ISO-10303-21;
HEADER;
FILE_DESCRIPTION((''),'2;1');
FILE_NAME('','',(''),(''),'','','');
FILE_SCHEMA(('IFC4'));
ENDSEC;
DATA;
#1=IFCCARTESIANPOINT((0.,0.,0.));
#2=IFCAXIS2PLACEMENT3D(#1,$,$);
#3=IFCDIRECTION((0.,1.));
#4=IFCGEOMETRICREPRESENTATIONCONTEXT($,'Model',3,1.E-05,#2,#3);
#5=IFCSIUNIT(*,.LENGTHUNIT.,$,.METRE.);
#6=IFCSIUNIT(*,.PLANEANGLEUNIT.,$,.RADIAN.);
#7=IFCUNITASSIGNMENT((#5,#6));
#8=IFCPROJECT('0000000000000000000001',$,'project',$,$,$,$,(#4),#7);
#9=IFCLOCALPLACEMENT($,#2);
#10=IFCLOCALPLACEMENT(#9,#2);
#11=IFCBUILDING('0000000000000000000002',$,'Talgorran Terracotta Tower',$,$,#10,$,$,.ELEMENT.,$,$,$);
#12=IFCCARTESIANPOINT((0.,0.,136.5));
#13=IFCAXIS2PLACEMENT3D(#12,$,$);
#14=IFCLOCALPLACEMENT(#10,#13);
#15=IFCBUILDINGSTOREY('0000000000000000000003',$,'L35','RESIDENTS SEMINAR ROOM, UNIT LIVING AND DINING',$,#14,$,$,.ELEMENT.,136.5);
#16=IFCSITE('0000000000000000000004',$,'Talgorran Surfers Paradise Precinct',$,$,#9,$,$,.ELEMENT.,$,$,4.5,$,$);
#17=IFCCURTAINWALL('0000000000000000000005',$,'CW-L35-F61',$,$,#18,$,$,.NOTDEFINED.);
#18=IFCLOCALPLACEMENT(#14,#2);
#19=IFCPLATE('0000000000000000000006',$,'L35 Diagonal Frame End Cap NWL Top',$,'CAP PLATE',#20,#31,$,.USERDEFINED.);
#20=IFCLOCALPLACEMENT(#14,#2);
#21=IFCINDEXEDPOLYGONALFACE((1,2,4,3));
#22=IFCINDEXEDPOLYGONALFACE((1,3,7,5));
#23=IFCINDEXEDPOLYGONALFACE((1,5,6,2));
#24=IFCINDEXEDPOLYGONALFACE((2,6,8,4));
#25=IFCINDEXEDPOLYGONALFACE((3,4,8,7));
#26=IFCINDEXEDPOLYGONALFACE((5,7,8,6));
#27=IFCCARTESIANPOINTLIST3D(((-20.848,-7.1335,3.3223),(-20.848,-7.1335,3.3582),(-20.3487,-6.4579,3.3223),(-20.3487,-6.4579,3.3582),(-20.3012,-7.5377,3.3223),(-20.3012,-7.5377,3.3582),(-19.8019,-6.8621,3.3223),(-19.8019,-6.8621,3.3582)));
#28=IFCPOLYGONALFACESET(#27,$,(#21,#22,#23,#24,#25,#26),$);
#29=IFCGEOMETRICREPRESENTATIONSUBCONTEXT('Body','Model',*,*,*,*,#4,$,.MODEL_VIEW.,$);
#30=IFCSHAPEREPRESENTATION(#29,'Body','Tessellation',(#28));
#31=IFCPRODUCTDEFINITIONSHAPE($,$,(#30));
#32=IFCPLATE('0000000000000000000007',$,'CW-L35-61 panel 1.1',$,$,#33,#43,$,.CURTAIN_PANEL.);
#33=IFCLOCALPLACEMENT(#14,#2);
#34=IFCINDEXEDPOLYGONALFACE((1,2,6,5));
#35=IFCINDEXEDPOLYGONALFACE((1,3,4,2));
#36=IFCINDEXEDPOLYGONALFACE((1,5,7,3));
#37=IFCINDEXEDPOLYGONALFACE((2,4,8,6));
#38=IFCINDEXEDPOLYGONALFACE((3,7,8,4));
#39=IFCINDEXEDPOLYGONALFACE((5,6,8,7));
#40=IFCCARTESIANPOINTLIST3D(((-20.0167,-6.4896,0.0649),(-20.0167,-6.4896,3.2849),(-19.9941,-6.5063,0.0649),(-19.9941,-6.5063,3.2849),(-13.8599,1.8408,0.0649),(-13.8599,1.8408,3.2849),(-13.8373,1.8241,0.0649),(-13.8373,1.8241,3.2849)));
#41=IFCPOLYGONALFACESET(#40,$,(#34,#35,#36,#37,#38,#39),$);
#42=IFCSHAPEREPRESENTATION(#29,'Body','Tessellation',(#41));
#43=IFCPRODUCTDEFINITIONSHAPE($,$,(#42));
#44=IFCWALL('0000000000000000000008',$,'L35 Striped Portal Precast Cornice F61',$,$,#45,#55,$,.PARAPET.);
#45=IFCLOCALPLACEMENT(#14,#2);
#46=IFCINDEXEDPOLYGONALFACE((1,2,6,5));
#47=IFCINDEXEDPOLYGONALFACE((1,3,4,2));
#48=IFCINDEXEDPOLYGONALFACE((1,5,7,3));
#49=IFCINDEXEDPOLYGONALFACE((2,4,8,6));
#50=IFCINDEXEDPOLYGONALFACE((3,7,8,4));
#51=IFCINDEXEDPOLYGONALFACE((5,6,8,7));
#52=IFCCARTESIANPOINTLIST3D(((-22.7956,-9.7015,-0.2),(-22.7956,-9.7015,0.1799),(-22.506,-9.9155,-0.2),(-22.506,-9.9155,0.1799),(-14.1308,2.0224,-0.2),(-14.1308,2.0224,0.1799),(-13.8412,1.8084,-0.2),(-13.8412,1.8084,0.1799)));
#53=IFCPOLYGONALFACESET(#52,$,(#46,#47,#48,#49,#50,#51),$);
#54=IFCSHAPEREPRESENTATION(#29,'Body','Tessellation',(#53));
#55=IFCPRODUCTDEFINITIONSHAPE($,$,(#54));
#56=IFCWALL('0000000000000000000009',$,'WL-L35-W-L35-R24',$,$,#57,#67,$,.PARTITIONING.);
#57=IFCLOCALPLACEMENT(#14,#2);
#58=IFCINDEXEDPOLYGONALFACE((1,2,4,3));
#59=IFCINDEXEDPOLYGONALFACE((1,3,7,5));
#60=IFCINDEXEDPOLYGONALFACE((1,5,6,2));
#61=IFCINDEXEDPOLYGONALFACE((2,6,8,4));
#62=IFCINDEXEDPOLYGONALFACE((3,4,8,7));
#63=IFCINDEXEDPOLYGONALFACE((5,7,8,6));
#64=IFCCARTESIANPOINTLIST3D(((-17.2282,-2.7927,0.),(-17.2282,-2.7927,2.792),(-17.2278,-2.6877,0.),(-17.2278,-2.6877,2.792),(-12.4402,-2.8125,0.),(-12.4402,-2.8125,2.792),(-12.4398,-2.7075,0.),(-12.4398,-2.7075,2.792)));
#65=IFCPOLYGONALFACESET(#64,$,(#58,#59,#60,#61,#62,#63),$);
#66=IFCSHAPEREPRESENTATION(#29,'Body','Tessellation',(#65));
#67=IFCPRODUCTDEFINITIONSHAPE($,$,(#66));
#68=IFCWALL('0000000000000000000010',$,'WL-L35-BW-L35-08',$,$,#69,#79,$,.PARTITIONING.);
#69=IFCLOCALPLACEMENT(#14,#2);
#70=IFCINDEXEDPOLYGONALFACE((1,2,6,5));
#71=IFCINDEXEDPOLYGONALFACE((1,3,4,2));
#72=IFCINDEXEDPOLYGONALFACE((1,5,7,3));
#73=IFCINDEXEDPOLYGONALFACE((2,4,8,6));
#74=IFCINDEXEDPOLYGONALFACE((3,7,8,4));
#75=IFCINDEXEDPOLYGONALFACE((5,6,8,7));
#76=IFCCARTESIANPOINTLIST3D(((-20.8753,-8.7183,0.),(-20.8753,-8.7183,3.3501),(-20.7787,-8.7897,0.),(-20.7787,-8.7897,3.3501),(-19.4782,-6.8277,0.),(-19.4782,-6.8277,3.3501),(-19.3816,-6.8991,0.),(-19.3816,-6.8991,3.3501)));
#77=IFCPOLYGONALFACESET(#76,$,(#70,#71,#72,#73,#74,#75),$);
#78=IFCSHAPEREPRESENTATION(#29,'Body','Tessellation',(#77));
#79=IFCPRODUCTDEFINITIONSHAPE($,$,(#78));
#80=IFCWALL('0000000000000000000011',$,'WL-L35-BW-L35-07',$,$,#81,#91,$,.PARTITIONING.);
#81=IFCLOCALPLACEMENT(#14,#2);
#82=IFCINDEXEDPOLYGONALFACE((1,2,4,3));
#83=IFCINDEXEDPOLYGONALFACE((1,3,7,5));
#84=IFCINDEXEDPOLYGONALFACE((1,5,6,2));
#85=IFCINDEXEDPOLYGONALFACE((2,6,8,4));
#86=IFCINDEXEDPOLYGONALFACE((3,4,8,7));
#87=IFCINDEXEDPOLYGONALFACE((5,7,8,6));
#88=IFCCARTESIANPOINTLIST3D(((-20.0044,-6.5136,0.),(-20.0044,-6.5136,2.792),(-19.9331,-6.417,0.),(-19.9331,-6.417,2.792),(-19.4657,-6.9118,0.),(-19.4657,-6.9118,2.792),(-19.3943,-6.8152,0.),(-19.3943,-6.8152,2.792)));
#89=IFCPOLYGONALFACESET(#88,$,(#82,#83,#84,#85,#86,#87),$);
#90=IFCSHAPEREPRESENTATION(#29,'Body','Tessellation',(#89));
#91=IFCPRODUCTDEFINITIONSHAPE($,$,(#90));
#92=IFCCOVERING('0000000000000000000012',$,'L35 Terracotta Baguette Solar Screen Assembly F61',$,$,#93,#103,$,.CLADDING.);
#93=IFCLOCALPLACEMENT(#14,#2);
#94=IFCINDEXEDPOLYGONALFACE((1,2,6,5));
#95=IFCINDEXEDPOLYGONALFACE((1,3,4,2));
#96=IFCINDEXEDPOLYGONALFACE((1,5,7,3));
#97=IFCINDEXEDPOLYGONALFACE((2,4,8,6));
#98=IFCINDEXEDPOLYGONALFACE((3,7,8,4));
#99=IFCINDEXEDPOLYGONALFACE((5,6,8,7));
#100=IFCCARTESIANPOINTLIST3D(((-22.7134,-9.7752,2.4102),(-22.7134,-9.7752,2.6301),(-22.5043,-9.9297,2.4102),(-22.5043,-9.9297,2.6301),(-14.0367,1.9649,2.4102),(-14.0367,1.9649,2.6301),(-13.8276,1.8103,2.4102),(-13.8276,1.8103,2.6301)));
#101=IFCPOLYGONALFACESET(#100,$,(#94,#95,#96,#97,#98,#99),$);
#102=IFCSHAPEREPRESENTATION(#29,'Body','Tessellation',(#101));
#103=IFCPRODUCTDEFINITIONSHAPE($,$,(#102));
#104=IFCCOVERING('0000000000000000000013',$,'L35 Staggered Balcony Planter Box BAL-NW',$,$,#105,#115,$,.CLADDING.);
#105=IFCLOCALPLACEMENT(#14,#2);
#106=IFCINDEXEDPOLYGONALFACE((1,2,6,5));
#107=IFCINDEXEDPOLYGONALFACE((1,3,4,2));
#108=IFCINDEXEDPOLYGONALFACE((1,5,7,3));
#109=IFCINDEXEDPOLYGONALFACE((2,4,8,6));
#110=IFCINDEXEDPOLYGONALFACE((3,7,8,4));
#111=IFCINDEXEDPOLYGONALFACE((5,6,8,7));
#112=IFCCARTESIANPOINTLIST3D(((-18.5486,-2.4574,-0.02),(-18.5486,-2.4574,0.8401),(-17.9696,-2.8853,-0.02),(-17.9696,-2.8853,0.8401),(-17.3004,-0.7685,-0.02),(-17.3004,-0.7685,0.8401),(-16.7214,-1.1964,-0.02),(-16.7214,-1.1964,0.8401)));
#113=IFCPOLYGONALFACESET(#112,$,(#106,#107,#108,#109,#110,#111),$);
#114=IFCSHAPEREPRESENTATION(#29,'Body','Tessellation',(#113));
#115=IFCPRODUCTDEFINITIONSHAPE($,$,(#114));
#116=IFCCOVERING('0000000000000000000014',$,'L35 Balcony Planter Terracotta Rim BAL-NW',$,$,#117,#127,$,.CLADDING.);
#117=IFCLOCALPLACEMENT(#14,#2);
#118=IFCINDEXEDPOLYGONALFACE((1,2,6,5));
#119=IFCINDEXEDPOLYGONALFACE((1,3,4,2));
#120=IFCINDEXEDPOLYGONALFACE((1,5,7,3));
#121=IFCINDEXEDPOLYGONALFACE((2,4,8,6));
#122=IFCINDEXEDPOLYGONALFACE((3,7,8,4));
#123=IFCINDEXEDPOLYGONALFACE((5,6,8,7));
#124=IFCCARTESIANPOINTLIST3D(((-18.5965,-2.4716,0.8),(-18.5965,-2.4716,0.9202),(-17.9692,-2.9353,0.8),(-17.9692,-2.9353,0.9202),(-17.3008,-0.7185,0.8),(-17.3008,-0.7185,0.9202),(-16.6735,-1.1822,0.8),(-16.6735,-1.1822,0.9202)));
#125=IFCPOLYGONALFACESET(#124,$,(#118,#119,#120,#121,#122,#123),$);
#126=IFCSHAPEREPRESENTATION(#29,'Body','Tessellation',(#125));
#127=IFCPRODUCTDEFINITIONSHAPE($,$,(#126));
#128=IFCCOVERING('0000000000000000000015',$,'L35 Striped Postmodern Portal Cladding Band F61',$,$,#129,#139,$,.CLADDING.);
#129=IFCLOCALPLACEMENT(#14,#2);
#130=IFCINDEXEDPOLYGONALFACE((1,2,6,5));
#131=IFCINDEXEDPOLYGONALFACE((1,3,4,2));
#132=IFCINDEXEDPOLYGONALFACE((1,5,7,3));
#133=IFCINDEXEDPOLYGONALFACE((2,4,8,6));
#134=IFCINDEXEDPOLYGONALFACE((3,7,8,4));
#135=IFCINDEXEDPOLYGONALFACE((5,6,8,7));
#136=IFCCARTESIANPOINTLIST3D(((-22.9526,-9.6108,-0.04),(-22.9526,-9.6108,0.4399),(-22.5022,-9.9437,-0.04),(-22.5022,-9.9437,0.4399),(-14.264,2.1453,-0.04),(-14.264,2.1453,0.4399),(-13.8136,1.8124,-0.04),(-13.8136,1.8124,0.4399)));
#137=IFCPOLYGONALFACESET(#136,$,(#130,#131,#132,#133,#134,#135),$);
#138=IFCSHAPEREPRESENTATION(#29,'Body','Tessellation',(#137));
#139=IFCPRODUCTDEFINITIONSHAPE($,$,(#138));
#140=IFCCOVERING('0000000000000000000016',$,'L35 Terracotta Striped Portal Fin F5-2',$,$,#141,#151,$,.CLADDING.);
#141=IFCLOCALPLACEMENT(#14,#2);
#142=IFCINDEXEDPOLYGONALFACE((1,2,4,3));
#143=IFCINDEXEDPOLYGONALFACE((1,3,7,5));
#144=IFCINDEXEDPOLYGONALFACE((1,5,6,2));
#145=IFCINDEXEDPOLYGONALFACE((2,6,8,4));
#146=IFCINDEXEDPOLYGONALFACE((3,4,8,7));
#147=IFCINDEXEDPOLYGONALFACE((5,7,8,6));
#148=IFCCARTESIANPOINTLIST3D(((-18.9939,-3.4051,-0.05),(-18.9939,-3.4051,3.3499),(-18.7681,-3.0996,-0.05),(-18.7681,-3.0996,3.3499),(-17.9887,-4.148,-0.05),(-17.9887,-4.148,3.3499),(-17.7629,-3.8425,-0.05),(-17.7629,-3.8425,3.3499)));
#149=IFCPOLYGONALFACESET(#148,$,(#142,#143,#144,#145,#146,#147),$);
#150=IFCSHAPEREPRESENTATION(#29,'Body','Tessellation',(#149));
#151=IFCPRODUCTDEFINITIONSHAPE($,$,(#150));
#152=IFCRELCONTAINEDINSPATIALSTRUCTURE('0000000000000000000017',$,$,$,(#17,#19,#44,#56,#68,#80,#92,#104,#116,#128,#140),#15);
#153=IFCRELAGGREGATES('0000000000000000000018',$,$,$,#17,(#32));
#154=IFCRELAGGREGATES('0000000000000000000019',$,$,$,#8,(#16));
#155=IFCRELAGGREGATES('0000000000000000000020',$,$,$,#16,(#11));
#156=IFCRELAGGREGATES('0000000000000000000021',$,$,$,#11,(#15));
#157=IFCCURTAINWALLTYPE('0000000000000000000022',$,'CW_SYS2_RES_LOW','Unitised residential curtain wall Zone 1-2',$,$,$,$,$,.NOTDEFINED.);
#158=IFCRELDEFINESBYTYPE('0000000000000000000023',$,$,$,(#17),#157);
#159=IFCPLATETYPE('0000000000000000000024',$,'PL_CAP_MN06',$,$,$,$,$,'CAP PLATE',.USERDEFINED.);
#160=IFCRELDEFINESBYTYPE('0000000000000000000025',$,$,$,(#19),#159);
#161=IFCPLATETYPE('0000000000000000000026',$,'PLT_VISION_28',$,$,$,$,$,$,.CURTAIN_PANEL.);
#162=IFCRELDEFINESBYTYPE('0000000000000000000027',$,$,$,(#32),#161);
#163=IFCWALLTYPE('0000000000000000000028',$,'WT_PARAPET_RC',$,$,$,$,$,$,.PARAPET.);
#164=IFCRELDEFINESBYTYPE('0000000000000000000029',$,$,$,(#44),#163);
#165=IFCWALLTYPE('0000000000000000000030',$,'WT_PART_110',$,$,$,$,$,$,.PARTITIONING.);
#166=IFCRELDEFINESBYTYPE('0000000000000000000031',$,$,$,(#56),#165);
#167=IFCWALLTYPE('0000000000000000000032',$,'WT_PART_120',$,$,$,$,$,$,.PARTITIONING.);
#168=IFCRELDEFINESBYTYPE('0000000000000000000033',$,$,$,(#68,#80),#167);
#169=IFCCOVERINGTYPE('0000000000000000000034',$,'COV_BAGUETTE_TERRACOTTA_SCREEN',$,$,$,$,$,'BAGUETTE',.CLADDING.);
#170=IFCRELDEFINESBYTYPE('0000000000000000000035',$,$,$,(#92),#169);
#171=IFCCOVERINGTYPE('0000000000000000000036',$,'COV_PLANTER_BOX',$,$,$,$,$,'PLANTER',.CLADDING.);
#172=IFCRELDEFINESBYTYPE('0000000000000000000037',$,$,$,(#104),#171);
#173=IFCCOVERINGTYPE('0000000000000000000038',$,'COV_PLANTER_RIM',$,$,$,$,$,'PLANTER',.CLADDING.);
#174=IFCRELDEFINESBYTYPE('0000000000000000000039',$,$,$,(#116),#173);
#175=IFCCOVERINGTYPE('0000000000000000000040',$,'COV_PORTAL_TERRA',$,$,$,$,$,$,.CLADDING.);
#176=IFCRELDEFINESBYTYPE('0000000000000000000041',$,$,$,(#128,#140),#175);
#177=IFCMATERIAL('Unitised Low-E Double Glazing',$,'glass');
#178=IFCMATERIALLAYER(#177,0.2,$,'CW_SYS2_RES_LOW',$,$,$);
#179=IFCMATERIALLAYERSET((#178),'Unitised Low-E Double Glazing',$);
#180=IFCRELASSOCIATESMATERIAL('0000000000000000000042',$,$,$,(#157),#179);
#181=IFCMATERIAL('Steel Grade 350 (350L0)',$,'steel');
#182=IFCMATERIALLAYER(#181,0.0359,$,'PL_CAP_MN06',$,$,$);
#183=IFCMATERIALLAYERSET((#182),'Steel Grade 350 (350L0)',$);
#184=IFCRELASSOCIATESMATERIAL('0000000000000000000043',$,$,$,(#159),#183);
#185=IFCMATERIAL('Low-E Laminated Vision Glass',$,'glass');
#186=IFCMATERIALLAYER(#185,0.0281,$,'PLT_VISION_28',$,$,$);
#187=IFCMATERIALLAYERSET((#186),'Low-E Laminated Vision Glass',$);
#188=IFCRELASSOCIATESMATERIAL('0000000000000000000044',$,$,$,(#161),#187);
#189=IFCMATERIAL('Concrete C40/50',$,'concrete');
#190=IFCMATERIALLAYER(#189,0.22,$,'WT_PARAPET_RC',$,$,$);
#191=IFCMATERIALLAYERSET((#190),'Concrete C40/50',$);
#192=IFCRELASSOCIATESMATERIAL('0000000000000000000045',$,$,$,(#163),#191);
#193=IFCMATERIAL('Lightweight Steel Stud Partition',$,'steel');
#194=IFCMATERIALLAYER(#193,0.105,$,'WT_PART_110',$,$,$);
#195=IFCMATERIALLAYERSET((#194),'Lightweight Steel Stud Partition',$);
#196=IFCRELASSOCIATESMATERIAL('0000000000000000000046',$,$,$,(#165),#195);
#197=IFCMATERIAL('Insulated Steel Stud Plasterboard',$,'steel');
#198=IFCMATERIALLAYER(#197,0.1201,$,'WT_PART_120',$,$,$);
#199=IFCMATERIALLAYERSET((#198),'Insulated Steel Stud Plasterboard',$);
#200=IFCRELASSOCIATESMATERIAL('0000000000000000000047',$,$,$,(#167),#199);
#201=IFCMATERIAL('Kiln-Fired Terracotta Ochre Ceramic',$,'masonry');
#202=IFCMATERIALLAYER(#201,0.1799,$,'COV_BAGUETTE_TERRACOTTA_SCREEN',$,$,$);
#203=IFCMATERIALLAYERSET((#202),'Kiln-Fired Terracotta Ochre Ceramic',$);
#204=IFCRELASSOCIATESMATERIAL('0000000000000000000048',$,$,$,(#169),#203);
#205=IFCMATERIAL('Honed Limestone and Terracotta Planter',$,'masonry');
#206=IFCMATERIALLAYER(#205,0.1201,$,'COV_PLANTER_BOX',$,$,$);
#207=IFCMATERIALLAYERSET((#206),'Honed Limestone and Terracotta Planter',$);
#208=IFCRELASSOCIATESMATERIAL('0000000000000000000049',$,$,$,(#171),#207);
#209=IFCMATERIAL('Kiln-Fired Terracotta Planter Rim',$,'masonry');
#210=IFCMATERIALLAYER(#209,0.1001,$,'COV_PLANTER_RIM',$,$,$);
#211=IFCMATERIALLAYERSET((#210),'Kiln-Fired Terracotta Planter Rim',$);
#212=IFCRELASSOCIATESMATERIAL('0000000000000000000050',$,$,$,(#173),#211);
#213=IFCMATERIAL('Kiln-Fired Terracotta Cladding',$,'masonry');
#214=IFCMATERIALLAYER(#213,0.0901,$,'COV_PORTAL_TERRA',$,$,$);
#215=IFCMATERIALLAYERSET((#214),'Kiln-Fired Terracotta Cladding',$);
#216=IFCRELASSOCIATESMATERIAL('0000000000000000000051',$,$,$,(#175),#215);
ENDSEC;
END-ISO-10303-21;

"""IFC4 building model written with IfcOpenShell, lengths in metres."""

from ifc_helpers import new_model, si_unit, direction, frame, frame_2d, origin, origin_2d, place, context, subcontext, project, spatial, rectangle, extrude, source, transform, mapped, material, layer, layer_set, type_object, type_shapes, element, aggregate, save


model = new_model("IFC4")

# Units and contexts
model_context = context("Model", 3, precision=1e-05, world=origin(), true_north=direction((0.0, 1.0)))
body_context = subcontext(model_context, "Body", "Model", "MODEL_VIEW")
ifc_project = project(units=[si_unit("LENGTHUNIT", "METRE"), si_unit("PLANEANGLEUNIT", "RADIAN")], contexts=[model_context])

# Site, building, storey
site_placement = place(None, origin())
site = spatial("IfcSite", under=ifc_project, at=site_placement, Name="Talgorran Surfers Paradise Precinct", CompositionType="ELEMENT", RefElevation=4.5)
building_placement = place(site_placement, origin())
building = spatial("IfcBuilding", under=site, at=building_placement, Name="Talgorran Terracotta Tower", CompositionType="ELEMENT")
storey_placement = place(building_placement, frame((0.0, 0.0, 136.5)))
storey = spatial("IfcBuildingStorey", under=building, at=storey_placement, Name="L35", Description="RESIDENTS SEMINAR ROOM, UNIT LIVING AND DINING", CompositionType="ELEMENT", Elevation=136.5)

# Shared definitions
ifc_material_1 = material(Name="Steel Grade 350 (350L0)", Category="steel")

# Curtain wall
ifc_material_2 = material(Name="Unitised Low-E Double Glazing", Category="glass")
ifc_layer_1 = layer(ifc_material_2, 0.2, Name="CW_SYS2_RES_LOW")
ifc_layer_set_1 = layer_set([ifc_layer_1], Name="Unitised Low-E Double Glazing")
curtain_wall_type = type_object("IfcCurtainWallType", Name="CW_SYS2_RES_LOW", Description="Unitised residential curtain wall Zone 1-2", PredefinedType="NOTDEFINED", material=ifc_layer_set_1)
curtain_wall_1_placement = place(storey_placement, origin())
curtain_wall_1 = element("IfcCurtainWall", 1, at=curtain_wall_1_placement, inside=storey, type_object=curtain_wall_type, Name="CW-L35-F61", PredefinedType="NOTDEFINED")

# Plates
ifc_layer_2 = layer(ifc_material_1, 0.0359, Name="PL_CAP_MN06")
ifc_layer_set_2 = layer_set([ifc_layer_2], Name="Steel Grade 350 (350L0)")
plate_type_1 = type_object("IfcPlateType", Name="PL_CAP_MN06", ElementType="CAP PLATE", PredefinedType="USERDEFINED", material=ifc_layer_set_2)
plate_1_placement = place(storey_placement, frame((-20.325, -6.9978, 3.3223), z_axis=(0.0, 0.0, 1.0), x_axis=(0.594402, 0.804168, 0.0)))
element("IfcPlate", 2, at=plate_1_placement, inside=storey, type_object=plate_type_1, Name="L35 Diagonal Frame End Cap NWL Top", ObjectType="CAP PLATE", PredefinedType="USERDEFINED", context=body_context, shape_type="SweptSolid", body=[
    extrude(rectangle(XDim=0.8401, YDim=0.6799, at=origin_2d()), origin(), (0.0, 0.0, 1.0), 0.0359),
])
ifc_material_3 = material(Name="Low-E Laminated Vision Glass", Category="glass")
ifc_layer_3 = layer(ifc_material_3, 0.0281, Name="PLT_VISION_28")
ifc_layer_set_3 = layer_set([ifc_layer_3], Name="Low-E Laminated Vision Glass")
plate_type_2 = type_object("IfcPlateType", Name="PLT_VISION_28", PredefinedType="CURTAIN_PANEL", material=ifc_layer_set_3)
shared_shape = source(origin(), body_context, "Body", "SweptSolid", [
    extrude(rectangle(XDim=10.3586, YDim=0.0281, at=origin_2d()), origin(), (0.0, 0.0, 1.0), 3.22),
])
type_shapes(plate_type_2, [shared_shape])
plate_2_placement = place(storey_placement, frame((-16.927, -2.3328, 0.0649), z_axis=(0.0, 0.0, 1.0), x_axis=(-0.594361, -0.804199, 0.0)))
plate_2 = element("IfcPlate", 3, at=plate_2_placement, type_object=plate_type_2, Name="CW-L35-61 panel 1.1", PredefinedType="CURTAIN_PANEL", context=body_context, shape_type="MappedRepresentation", body=[
    mapped(shared_shape, transform((0.0, 0.0, 0.0), scale=1.0)),
])
aggregate(curtain_wall_1, [plate_2])

# Walls
ifc_material_4 = material(Name="Concrete C40/50", Category="concrete")
ifc_layer_4 = layer(ifc_material_4, 0.22, Name="WT_PARAPET_RC")
ifc_layer_set_4 = layer_set([ifc_layer_4], Name="Concrete C40/50")
wall_type_1 = type_object("IfcWallType", Name="WT_PARAPET_RC", PredefinedType="PARAPET", material=ifc_layer_set_4)
wall_1_placement = place(storey_placement, frame((-13.9861, 1.9153, -0.2), z_axis=(0.0, 0.0, 1.0), x_axis=(-0.594361, -0.804198, 0.0)))
element("IfcWall", 4, at=wall_1_placement, inside=storey, type_object=wall_type_1, Name="L35 Striped Portal Precast Cornice F61", PredefinedType="PARAPET", context=body_context, shape_type="SweptSolid", body=[
    extrude(rectangle(XDim=14.5784, YDim=0.3601, at=frame_2d((7.2891, 0.0))), origin(), (0.0, 0.0, 1.0), 0.3799),
])
ifc_material_5 = material(Name="Lightweight Steel Stud Partition", Category="steel")
ifc_layer_5 = layer(ifc_material_5, 0.105, Name="WT_PART_110")
ifc_layer_set_5 = layer_set([ifc_layer_5], Name="Lightweight Steel Stud Partition")
wall_type_2 = type_object("IfcWallType", Name="WT_PART_110", PredefinedType="PARTITIONING", material=ifc_layer_set_5)
wall_2_placement = place(storey_placement, frame((-17.228, -2.7402, 0.0), z_axis=(0.0, 0.0, 1.0), x_axis=(0.999991, -0.00413, 0.0)))
element("IfcWall", 5, at=wall_2_placement, inside=storey, type_object=wall_type_2, Name="WL-L35-W-L35-R24", PredefinedType="PARTITIONING", context=body_context, shape_type="SweptSolid", body=[
    extrude(rectangle(XDim=4.7881, YDim=0.105, at=frame_2d((2.394, 0.0))), origin(), (0.0, 0.0, 1.0), 2.792),
])
ifc_material_6 = material(Name="Insulated Steel Stud Plasterboard", Category="steel")
ifc_layer_6 = layer(ifc_material_6, 0.1201, Name="WT_PART_120")
ifc_layer_set_6 = layer_set([ifc_layer_6], Name="Insulated Steel Stud Plasterboard")
wall_type_3 = type_object("IfcWallType", Name="WT_PART_120", PredefinedType="PARTITIONING", material=ifc_layer_set_6)
wall_3_placement = place(storey_placement, frame((-19.4299, -6.8635, 0.0), z_axis=(0.0, 0.0, 1.0), x_axis=(-0.594336, -0.804217, 0.0)))
element("IfcWall", 6, at=wall_3_placement, inside=storey, type_object=wall_type_3, Name="WL-L35-BW-L35-08", PredefinedType="PARTITIONING", context=body_context, shape_type="SweptSolid", body=[
    extrude(rectangle(XDim=2.3508, YDim=0.1201, at=frame_2d((1.1753, 0.0))), origin(), (0.0, 0.0, 1.0), 3.3501),
])
wall_4_placement = place(storey_placement, frame((-19.9688, -6.4653, 0.0), z_axis=(0.0, 0.0, 1.0), x_axis=(0.804222, -0.59433, 0.0)))
element("IfcWall", 7, at=wall_4_placement, inside=storey, type_object=wall_type_3, Name="WL-L35-BW-L35-07", PredefinedType="PARTITIONING", context=body_context, shape_type="SweptSolid", body=[
    extrude(rectangle(XDim=0.6699, YDim=0.1201, at=frame_2d((0.335, 0.0))), origin(), (0.0, 0.0, 1.0), 2.792),
])

# Coverings
ifc_material_7 = material(Name="Kiln-Fired Terracotta Ochre Ceramic", Category="masonry")
ifc_layer_7 = layer(ifc_material_7, 0.1799, Name="COV_BAGUETTE_TERRACOTTA_SCREEN")
ifc_layer_set_7 = layer_set([ifc_layer_7], Name="Kiln-Fired Terracotta Ochre Ceramic")
covering_type_1 = type_object("IfcCoveringType", Name="COV_BAGUETTE_TERRACOTTA_SCREEN", ElementType="BAGUETTE", PredefinedType="CLADDING", material=ifc_layer_set_7)
covering_1_placement = place(storey_placement, frame((-18.2705, -3.9824, 2.4102), z_axis=(0.0, 0.0, 1.0), x_axis=(-0.59436, -0.804199, 0.0)))
element("IfcCovering", 8, at=covering_1_placement, inside=storey, type_object=covering_type_1, Name="L35 Terracotta Baguette Solar Screen Assembly F61", PredefinedType="CLADDING", context=body_context, shape_type="SweptSolid", body=[
    extrude(rectangle(XDim=14.5984, YDim=0.26, at=origin_2d()), origin(), (0.0, 0.0, 1.0), 0.22),
])
ifc_material_8 = material(Name="Honed Limestone and Terracotta Planter", Category="masonry")
ifc_layer_8 = layer(ifc_material_8, 0.1201, Name="COV_PLANTER_BOX")
ifc_layer_set_8 = layer_set([ifc_layer_8], Name="Honed Limestone and Terracotta Planter")
covering_type_2 = type_object("IfcCoveringType", Name="COV_PLANTER_BOX", ElementType="PLANTER", PredefinedType="CLADDING", material=ifc_layer_set_8)
covering_2_placement = place(storey_placement, frame((-17.635, -1.8269, -0.02), z_axis=(0.0, 0.0, 1.0), x_axis=(-0.59436, -0.804199, 0.0)))
element("IfcCovering", 9, at=covering_2_placement, inside=storey, type_object=covering_type_2, Name="L35 Staggered Balcony Planter Box BAL-NW", PredefinedType="CLADDING", context=body_context, shape_type="SweptSolid", body=[
    extrude(rectangle(XDim=2.1001, YDim=0.72, at=origin_2d()), origin(), (0.0, 0.0, 1.0), 0.8601),
])
ifc_material_9 = material(Name="Kiln-Fired Terracotta Planter Rim", Category="masonry")
ifc_layer_9 = layer(ifc_material_9, 0.1001, Name="COV_PLANTER_RIM")
ifc_layer_set_9 = layer_set([ifc_layer_9], Name="Kiln-Fired Terracotta Planter Rim")
covering_type_3 = type_object("IfcCoveringType", Name="COV_PLANTER_RIM", ElementType="PLANTER", PredefinedType="CLADDING", material=ifc_layer_set_9)
covering_3_placement = place(storey_placement, frame((-17.635, -1.8269, 0.8), z_axis=(0.0, 0.0, 1.0), x_axis=(-0.59436, -0.804199, 0.0)))
element("IfcCovering", 10, at=covering_3_placement, inside=storey, type_object=covering_type_3, Name="L35 Balcony Planter Terracotta Rim BAL-NW", PredefinedType="CLADDING", context=body_context, shape_type="SweptSolid", body=[
    extrude(rectangle(XDim=2.1799, YDim=0.78, at=origin_2d()), origin(), (0.0, 0.0, 1.0), 0.1201),
])
ifc_material_10 = material(Name="Kiln-Fired Terracotta Cladding", Category="masonry")
ifc_layer_10 = layer(ifc_material_10, 0.0901, Name="COV_PORTAL_TERRA")
ifc_layer_set_10 = layer_set([ifc_layer_10], Name="Kiln-Fired Terracotta Cladding")
covering_type_4 = type_object("IfcCoveringType", Name="COV_PORTAL_TERRA", PredefinedType="CLADDING", material=ifc_layer_set_10)
covering_4_placement = place(storey_placement, frame((-18.3831, -3.8992, -0.04), z_axis=(0.0, 0.0, 1.0), x_axis=(-0.59436, -0.804199, 0.0)))
element("IfcCovering", 11, at=covering_4_placement, inside=storey, type_object=covering_type_4, Name="L35 Striped Postmodern Portal Cladding Band F61", PredefinedType="CLADDING", context=body_context, shape_type="SweptSolid", body=[
    extrude(rectangle(XDim=14.6184, YDim=0.5601, at=origin_2d()), origin(), (0.0, 0.0, 1.0), 0.48),
])
covering_5_placement = place(storey_placement, frame((-18.3784, -3.6238, -0.05), z_axis=(0.0, 0.0, 1.0), x_axis=(-0.59436, -0.804199, 0.0)))
element("IfcCovering", 12, at=covering_5_placement, inside=storey, type_object=covering_type_4, Name="L35 Terracotta Striped Portal Fin F5-2", PredefinedType="CLADDING", context=body_context, shape_type="SweptSolid", body=[
    extrude(rectangle(XDim=0.3799, YDim=1.25, at=origin_2d()), origin(), (0.0, 0.0, 1.0), 3.3999),
])

save(model, "model.ifc")
